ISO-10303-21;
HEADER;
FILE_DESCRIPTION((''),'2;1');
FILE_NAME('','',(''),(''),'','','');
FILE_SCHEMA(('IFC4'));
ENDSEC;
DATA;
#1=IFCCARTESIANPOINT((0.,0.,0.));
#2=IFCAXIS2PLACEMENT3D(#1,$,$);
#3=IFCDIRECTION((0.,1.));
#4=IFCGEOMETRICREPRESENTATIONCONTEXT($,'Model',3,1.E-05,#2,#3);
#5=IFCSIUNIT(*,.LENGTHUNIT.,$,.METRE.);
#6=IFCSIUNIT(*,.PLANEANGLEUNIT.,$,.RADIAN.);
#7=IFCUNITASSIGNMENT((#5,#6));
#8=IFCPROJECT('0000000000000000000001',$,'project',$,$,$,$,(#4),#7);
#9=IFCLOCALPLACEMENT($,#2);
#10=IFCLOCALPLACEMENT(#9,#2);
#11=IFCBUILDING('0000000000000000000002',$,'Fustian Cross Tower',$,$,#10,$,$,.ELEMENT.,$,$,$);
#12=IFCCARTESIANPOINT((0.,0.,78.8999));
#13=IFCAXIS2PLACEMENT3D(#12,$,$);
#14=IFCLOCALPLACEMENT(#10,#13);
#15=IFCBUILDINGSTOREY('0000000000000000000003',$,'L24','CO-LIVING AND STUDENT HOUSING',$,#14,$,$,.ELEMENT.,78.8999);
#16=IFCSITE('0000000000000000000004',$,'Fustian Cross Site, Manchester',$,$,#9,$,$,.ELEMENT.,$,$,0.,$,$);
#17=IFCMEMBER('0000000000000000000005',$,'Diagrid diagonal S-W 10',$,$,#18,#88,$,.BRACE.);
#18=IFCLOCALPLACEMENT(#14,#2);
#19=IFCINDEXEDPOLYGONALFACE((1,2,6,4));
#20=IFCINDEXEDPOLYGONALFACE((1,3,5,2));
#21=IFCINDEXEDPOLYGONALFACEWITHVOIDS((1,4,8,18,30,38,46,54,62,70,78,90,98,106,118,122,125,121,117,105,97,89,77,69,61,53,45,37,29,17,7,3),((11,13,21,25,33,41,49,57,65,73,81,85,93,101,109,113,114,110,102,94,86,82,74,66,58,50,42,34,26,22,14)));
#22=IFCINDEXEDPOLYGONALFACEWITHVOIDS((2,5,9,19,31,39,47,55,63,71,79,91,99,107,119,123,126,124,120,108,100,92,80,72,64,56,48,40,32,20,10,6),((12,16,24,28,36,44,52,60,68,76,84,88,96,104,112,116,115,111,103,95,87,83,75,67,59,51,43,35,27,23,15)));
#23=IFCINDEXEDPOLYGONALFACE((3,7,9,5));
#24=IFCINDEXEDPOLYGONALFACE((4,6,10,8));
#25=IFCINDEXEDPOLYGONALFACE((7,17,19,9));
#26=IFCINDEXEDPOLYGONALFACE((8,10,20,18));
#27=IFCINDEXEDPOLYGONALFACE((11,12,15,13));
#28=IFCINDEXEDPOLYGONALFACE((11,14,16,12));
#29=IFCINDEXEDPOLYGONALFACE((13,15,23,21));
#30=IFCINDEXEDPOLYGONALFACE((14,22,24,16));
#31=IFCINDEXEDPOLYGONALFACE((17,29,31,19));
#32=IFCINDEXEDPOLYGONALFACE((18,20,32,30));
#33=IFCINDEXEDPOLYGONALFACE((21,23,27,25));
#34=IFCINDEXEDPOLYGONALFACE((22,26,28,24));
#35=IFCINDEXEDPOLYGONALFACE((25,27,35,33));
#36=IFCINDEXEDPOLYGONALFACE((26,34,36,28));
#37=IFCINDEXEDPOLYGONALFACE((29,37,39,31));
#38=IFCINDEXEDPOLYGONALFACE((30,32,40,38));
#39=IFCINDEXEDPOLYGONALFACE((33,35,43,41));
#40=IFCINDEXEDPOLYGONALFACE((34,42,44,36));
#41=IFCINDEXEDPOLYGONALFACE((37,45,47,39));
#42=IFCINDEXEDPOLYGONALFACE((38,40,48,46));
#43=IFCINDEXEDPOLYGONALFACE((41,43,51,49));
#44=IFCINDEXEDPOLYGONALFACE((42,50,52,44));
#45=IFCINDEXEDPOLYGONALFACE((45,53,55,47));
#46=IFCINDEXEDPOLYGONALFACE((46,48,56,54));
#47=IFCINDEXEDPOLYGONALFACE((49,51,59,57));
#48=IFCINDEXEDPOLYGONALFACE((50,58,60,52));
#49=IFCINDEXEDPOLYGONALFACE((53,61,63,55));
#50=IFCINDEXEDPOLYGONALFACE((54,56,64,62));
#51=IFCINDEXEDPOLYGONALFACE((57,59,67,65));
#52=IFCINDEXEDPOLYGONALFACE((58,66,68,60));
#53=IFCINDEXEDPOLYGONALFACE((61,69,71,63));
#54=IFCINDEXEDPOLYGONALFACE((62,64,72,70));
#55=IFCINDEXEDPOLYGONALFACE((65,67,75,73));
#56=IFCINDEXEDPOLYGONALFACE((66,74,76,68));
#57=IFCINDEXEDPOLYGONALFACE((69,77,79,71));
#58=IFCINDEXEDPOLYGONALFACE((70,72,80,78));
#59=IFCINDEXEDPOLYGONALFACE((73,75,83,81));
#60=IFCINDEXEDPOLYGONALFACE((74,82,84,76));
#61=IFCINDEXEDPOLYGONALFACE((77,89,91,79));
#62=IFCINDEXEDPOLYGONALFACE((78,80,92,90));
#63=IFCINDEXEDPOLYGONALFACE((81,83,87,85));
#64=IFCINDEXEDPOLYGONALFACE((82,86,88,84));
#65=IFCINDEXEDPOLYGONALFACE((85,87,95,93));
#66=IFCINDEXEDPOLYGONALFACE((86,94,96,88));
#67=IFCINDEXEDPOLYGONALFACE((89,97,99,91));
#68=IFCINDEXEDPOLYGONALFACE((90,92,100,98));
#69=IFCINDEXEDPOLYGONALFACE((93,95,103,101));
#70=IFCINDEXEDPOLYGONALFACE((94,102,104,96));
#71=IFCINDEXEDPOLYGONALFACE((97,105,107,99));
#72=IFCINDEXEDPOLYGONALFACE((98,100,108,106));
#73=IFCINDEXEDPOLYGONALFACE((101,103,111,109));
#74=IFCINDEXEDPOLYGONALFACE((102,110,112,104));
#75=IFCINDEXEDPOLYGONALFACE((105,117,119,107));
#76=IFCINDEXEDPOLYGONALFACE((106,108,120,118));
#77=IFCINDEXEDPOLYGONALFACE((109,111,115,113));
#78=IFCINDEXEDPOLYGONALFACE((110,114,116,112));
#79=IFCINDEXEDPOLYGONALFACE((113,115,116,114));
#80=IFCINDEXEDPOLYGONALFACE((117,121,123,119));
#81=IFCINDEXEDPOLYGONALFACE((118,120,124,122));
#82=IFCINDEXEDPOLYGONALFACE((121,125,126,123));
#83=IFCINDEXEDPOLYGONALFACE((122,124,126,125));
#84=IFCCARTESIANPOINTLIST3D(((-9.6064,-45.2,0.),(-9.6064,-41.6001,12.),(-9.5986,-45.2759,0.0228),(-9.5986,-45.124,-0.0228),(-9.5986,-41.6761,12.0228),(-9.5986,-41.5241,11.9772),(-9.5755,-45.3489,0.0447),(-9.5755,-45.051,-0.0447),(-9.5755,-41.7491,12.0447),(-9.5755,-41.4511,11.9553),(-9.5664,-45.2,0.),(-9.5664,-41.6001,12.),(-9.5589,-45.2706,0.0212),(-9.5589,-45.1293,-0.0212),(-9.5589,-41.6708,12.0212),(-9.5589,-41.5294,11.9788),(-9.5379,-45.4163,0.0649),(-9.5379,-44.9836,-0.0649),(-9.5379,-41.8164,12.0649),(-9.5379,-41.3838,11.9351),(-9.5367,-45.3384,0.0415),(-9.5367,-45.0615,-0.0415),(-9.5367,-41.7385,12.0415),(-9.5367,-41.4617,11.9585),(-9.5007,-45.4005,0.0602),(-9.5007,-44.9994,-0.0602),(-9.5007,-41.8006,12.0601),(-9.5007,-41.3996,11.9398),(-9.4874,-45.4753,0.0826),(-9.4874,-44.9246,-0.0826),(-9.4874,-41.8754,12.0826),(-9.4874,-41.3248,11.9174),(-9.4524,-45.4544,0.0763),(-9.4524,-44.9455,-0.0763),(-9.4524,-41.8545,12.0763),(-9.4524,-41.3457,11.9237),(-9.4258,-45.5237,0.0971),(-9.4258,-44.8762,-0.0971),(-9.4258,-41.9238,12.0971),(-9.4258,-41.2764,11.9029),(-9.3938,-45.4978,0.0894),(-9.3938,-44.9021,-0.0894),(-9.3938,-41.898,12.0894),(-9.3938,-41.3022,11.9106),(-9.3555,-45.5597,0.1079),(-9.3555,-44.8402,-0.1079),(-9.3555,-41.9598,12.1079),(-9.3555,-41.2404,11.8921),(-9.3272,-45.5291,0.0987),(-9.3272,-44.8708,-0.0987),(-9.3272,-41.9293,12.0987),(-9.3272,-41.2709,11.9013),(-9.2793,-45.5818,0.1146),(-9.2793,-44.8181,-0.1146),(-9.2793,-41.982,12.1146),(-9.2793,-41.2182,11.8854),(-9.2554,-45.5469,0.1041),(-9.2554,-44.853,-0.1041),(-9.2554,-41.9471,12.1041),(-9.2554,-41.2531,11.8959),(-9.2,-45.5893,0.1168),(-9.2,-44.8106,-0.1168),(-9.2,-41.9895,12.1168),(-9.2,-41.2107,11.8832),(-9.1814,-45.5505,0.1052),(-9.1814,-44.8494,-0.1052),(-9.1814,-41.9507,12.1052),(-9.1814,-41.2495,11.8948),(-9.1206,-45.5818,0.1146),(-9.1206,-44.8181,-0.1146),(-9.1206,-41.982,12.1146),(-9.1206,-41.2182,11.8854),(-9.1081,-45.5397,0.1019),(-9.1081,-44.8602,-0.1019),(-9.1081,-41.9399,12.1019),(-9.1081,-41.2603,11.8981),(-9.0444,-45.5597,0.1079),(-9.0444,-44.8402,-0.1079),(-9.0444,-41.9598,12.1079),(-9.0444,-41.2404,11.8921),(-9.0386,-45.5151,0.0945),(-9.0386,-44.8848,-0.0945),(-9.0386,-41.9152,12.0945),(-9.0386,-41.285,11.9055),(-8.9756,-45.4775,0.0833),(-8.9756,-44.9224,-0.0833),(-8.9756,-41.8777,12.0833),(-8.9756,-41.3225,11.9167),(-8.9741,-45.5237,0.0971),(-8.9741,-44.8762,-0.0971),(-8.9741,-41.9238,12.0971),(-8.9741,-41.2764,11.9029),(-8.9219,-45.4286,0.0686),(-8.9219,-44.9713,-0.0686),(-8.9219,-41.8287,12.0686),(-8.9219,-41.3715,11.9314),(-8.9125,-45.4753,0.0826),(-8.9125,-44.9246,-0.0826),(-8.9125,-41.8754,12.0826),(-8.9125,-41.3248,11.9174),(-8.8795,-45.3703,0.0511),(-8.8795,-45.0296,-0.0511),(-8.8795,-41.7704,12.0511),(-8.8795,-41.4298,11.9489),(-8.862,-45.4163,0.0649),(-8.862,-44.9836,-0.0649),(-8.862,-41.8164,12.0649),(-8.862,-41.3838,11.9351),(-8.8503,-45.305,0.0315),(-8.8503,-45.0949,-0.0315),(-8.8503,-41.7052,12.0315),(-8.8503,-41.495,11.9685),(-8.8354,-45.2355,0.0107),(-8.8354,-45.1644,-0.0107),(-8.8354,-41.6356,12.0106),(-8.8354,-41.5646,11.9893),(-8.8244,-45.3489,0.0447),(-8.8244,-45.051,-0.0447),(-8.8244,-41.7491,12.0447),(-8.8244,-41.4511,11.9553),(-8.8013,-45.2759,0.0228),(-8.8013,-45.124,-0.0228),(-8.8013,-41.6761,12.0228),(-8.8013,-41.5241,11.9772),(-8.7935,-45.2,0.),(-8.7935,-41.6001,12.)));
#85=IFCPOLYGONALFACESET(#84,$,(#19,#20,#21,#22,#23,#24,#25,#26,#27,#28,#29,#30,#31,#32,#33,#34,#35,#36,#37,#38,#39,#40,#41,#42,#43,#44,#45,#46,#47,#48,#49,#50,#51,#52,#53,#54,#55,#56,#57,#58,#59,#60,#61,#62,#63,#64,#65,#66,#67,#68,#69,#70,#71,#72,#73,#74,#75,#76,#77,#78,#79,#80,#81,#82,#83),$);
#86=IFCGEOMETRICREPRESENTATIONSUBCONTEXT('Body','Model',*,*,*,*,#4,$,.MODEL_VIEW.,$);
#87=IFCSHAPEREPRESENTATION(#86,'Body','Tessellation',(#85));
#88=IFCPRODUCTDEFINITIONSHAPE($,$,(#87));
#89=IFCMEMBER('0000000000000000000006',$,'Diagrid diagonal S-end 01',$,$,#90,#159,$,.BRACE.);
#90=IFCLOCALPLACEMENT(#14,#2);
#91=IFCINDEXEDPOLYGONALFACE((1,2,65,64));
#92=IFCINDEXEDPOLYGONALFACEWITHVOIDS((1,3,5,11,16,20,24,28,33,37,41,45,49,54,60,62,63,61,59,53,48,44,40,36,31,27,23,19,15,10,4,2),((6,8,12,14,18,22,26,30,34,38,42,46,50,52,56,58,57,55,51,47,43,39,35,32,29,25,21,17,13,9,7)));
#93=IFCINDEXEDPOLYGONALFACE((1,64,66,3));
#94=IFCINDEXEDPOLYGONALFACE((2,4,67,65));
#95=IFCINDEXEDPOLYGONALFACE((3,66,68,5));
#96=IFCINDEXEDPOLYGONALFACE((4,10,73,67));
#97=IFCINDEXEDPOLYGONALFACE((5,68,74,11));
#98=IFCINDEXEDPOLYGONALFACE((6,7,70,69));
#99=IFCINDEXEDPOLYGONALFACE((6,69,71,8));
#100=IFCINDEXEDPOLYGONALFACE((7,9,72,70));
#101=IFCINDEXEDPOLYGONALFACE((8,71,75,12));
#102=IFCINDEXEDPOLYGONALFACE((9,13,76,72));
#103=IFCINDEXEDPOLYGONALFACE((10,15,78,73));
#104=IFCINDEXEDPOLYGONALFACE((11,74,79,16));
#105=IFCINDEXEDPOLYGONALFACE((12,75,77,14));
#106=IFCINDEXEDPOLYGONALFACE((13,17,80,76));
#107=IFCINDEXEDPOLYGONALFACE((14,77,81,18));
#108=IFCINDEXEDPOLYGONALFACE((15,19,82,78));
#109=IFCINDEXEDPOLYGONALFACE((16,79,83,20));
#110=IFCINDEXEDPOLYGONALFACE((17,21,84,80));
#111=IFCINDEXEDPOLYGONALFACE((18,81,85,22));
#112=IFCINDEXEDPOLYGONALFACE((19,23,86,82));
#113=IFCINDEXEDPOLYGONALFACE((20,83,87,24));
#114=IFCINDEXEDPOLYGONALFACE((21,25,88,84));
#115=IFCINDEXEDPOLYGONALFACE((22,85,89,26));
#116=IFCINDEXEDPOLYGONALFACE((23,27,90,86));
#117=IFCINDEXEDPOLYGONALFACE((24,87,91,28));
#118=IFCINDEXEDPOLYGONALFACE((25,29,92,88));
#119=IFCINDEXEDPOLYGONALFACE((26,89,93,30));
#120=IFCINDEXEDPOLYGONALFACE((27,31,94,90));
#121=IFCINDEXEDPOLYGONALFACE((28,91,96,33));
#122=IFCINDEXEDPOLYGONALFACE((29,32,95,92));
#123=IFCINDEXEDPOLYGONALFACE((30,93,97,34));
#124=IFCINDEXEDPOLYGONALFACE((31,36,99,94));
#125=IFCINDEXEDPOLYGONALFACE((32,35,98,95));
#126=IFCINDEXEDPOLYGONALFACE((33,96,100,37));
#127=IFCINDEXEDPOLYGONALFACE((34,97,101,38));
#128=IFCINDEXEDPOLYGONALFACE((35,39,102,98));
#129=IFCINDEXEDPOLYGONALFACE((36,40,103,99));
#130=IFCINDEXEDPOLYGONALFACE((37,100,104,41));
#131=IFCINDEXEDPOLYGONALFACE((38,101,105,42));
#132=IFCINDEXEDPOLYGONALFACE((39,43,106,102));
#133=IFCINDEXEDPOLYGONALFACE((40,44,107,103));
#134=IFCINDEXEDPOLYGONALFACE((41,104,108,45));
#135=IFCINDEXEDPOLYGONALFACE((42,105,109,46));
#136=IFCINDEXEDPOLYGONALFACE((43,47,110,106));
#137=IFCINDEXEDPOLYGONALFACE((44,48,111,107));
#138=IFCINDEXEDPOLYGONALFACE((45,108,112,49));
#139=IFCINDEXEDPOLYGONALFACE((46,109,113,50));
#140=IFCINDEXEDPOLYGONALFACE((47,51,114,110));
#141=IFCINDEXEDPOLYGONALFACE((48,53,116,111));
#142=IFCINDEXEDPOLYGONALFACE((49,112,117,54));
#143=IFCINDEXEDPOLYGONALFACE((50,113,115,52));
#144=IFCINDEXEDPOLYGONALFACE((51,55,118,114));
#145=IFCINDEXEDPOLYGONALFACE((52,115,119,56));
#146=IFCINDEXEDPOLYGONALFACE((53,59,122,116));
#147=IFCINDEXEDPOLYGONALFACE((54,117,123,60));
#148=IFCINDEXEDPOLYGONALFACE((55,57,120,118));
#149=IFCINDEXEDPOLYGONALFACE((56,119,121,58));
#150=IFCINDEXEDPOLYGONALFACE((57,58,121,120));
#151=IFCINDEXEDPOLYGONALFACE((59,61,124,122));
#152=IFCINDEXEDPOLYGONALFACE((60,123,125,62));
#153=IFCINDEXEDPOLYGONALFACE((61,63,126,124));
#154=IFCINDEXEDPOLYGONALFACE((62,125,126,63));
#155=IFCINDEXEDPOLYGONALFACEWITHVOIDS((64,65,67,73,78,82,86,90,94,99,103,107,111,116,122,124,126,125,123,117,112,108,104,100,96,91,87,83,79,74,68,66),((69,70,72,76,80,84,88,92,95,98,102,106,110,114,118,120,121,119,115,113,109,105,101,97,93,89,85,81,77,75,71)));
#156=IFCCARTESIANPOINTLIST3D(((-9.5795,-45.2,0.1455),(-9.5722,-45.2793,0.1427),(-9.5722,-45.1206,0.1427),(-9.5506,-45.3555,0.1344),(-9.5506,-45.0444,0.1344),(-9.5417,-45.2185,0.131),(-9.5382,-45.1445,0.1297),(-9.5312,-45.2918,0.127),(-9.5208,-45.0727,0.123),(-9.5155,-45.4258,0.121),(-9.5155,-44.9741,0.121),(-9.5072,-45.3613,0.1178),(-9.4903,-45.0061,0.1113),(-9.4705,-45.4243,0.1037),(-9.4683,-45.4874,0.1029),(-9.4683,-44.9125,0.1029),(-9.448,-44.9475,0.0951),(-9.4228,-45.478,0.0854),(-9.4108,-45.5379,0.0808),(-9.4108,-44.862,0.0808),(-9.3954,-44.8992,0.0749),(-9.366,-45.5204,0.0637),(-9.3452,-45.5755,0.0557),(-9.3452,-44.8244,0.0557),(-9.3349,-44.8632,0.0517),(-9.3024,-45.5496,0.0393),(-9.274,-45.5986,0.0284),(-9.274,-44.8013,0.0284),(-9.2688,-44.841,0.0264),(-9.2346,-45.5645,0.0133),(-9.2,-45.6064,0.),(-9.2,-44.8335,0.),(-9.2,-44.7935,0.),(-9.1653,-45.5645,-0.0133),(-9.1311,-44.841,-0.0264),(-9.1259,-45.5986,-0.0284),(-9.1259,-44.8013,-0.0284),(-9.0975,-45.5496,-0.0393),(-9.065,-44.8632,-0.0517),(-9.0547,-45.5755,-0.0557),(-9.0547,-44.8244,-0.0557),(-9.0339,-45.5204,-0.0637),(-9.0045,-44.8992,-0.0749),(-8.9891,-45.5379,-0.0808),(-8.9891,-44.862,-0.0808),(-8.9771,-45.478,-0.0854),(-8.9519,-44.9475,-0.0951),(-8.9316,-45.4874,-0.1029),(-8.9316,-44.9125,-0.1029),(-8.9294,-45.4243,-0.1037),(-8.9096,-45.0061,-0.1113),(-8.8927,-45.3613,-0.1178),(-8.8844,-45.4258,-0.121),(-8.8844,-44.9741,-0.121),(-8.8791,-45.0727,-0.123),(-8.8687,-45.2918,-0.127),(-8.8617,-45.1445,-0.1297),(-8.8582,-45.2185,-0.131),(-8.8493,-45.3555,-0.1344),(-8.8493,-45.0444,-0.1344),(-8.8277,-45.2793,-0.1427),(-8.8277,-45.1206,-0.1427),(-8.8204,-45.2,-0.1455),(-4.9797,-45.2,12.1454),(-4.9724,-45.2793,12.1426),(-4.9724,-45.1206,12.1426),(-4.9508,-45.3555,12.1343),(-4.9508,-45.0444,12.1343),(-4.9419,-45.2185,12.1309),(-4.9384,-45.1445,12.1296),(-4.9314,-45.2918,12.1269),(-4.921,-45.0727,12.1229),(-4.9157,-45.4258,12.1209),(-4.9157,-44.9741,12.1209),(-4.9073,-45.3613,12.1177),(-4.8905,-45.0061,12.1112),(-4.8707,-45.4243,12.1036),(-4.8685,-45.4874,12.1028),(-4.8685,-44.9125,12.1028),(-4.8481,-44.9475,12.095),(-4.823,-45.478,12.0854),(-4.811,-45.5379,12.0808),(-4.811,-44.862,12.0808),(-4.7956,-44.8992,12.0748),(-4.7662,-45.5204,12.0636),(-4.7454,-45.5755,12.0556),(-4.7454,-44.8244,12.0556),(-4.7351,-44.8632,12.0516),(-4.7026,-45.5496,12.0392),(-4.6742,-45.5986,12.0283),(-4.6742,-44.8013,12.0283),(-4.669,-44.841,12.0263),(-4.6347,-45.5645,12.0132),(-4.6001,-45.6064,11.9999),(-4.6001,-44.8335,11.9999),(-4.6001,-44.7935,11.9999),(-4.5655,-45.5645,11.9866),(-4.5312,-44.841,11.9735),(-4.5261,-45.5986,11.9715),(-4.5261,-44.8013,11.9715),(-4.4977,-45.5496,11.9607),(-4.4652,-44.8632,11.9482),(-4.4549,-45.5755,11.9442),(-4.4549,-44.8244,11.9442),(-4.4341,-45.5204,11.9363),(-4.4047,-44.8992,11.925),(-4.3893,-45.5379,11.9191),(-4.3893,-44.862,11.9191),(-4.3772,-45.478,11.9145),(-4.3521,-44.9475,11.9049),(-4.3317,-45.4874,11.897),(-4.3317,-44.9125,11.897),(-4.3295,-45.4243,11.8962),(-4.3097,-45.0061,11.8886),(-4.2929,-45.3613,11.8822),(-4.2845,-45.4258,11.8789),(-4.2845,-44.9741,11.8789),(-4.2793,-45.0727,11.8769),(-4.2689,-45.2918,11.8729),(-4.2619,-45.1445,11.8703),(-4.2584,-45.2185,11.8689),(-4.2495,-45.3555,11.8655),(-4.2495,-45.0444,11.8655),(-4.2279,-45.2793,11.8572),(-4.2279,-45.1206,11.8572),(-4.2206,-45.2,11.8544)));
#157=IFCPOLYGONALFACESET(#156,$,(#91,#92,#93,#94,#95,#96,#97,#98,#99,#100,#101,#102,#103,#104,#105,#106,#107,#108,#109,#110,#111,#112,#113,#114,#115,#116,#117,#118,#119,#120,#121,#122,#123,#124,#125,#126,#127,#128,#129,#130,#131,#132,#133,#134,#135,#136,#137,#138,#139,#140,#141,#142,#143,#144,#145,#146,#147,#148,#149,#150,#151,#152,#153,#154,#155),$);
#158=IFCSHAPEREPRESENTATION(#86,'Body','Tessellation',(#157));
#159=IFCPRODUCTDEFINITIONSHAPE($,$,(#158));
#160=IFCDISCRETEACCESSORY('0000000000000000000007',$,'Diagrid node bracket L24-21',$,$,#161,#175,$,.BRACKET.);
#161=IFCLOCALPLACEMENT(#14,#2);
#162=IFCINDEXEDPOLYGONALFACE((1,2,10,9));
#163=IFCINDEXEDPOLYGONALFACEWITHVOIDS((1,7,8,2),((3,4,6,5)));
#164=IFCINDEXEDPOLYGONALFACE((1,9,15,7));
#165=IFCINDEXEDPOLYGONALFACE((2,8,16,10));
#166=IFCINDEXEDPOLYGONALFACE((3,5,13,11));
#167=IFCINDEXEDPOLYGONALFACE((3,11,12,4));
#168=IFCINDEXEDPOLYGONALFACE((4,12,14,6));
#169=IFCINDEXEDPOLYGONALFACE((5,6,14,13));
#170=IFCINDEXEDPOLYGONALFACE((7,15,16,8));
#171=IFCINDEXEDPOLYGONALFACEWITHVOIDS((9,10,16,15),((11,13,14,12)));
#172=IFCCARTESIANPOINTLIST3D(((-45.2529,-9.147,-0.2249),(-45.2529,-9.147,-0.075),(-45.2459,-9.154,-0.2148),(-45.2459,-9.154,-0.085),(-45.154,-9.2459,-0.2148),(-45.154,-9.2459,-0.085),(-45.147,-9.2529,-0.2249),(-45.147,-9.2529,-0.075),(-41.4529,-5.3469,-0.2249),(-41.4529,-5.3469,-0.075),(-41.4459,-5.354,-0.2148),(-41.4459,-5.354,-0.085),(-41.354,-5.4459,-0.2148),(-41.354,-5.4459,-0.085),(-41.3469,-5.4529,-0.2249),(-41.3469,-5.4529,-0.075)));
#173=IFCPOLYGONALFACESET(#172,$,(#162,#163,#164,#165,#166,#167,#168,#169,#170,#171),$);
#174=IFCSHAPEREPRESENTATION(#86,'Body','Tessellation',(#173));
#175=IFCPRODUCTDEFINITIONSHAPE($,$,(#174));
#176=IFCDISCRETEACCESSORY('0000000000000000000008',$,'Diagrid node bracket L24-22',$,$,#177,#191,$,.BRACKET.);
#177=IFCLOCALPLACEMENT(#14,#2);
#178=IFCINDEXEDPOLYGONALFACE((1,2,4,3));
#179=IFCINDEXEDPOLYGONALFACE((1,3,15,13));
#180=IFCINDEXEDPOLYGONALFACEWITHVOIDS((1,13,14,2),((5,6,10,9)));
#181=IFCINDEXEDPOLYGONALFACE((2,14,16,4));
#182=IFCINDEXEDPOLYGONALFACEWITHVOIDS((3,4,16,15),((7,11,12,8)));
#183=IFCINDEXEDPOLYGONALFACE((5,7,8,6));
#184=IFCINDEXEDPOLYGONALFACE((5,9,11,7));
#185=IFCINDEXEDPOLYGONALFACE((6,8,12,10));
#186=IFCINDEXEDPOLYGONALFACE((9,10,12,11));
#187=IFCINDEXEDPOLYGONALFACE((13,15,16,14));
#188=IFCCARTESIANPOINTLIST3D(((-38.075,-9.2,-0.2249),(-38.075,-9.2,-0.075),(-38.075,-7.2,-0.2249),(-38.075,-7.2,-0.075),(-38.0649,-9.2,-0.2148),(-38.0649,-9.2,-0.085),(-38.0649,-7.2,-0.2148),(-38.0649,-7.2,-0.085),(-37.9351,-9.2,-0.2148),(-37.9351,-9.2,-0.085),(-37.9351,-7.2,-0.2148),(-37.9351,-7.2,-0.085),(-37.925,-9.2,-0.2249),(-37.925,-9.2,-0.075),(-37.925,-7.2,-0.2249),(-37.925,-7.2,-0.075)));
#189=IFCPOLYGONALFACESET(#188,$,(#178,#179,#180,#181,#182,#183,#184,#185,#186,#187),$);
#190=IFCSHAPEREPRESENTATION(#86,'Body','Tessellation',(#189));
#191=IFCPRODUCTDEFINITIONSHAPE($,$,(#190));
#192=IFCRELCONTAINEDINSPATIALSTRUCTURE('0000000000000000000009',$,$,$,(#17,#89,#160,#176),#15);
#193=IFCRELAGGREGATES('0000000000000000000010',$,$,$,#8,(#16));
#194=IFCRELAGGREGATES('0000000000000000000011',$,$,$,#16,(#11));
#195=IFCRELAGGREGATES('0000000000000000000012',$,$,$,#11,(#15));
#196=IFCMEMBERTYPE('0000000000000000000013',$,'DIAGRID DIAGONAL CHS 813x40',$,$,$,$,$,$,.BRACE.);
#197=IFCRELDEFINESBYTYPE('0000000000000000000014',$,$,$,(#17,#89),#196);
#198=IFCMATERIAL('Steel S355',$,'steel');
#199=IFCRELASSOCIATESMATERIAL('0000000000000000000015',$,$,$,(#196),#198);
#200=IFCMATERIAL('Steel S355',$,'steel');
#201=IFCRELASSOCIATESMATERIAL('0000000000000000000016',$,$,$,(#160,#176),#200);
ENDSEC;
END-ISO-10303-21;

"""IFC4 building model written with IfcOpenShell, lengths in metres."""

from ifc_helpers import new_model, si_unit, direction, frame, origin, origin_2d, place, context, subcontext, project, spatial, hollow_rectangle, hollow_circle, extrude, material, material_profile, profile_set, type_object, element, save


model = new_model("IFC4")

# Units and contexts
model_context = context("Model", 3, precision=1e-05, world=origin(), true_north=direction((0.0, 1.0)))
body_context = subcontext(model_context, "Body", "Model", "MODEL_VIEW")
ifc_project = project(units=[si_unit("LENGTHUNIT", "METRE"), si_unit("PLANEANGLEUNIT", "RADIAN")], contexts=[model_context])

# Site, building, storey
site_placement = place(None, origin())
site = spatial("IfcSite", under=ifc_project, at=site_placement, Name="Fustian Cross Site, Manchester", CompositionType="ELEMENT", RefElevation=0.0)
building_placement = place(site_placement, origin())
building = spatial("IfcBuilding", under=site, at=building_placement, Name="Fustian Cross Tower", CompositionType="ELEMENT")
storey_placement = place(building_placement, frame((0.0, 0.0, 78.8999)))
storey = spatial("IfcBuildingStorey", under=building, at=storey_placement, Name="L24", Description="CO-LIVING AND STUDENT HOUSING", CompositionType="ELEMENT", Elevation=78.8999)

# Members
ifc_material_1 = material(Name="Steel S355", Category="steel")
ifc_material_profile_1 = material_profile(ifc_material_1, hollow_circle(Radius=0.4065, WallThickness=0.04, at=origin_2d()), Name="CHS 813x40")
ifc_profile_set_1 = profile_set([ifc_material_profile_1], Name="Steel S355")
member_type_1 = type_object("IfcMemberType", Name="DIAGRID DIAGONAL CHS 813x40", PredefinedType="BRACE", material=ifc_profile_set_1)
for number, where, z_axis, x_axis, name in (
    (1, (-9.2, -45.2, 0.0), (0.0, 0.287337, 0.95783), (-1.0, 0.0, 0.0), "Diagrid diagonal S-W 10"),
):
    element("IfcMember", number, at=place(storey_placement, frame(where, z_axis=z_axis, x_axis=x_axis)), inside=storey, type_object=member_type_1, Name=name, PredefinedType="BRACE", context=body_context, shape_type="SweptSolid", body=[
        extrude(hollow_circle(Radius=0.4065, WallThickness=0.04, at=origin_2d()), origin(), (0.0, 0.0, 1.0), 12.5283),
    ])
member_1_placement = place(storey_placement, frame((-9.2, -45.2, 0.0), z_axis=(0.357926, 0.0, 0.93375), x_axis=(0.0, 1.0, 0.0)))
element("IfcMember", 2, at=member_1_placement, inside=storey, type_object=member_type_1, Name="Diagrid diagonal S-end 01", PredefinedType="BRACE", context=body_context, shape_type="SweptSolid", body=[
    extrude(hollow_circle(Radius=0.4065, WallThickness=0.04, at=origin_2d()), origin(), (0.0, 0.0, 1.0), 12.8513),
])

# Discrete accessories
ifc_material_2 = material(Name="Steel S355", Category="steel")
discrete_accessory_1_placement = place(storey_placement, frame((-45.2, -9.2, -0.1499), z_axis=(0.707107, 0.707107, 0.0), x_axis=(-0.707107, 0.707107, 0.0)))
element("IfcDiscreteAccessory", 3, at=discrete_accessory_1_placement, inside=storey, material=ifc_material_2, Name="Diagrid node bracket L24-21", PredefinedType="BRACKET", context=body_context, shape_type="SweptSolid", body=[
    extrude(hollow_rectangle(XDim=0.1499, YDim=0.1499, WallThickness=0.01, at=origin_2d()), origin(), (0.0, 0.0, 1.0), 5.374),
])
for number, where, z_axis, x_axis, name in (
    (4, (-38.0, -9.2, -0.1499), (0.0, 1.0, 0.0), (-1.0, 0.0, 0.0), "Diagrid node bracket L24-22"),
):
    element("IfcDiscreteAccessory", number, at=place(storey_placement, frame(where, z_axis=z_axis, x_axis=x_axis)), inside=storey, material=ifc_material_2, Name=name, PredefinedType="BRACKET", context=body_context, shape_type="SweptSolid", body=[
        extrude(hollow_rectangle(XDim=0.1499, YDim=0.1499, WallThickness=0.01, at=origin_2d()), origin(), (0.0, 0.0, 1.0), 2.0),
    ])

save(model, "model.ifc")
